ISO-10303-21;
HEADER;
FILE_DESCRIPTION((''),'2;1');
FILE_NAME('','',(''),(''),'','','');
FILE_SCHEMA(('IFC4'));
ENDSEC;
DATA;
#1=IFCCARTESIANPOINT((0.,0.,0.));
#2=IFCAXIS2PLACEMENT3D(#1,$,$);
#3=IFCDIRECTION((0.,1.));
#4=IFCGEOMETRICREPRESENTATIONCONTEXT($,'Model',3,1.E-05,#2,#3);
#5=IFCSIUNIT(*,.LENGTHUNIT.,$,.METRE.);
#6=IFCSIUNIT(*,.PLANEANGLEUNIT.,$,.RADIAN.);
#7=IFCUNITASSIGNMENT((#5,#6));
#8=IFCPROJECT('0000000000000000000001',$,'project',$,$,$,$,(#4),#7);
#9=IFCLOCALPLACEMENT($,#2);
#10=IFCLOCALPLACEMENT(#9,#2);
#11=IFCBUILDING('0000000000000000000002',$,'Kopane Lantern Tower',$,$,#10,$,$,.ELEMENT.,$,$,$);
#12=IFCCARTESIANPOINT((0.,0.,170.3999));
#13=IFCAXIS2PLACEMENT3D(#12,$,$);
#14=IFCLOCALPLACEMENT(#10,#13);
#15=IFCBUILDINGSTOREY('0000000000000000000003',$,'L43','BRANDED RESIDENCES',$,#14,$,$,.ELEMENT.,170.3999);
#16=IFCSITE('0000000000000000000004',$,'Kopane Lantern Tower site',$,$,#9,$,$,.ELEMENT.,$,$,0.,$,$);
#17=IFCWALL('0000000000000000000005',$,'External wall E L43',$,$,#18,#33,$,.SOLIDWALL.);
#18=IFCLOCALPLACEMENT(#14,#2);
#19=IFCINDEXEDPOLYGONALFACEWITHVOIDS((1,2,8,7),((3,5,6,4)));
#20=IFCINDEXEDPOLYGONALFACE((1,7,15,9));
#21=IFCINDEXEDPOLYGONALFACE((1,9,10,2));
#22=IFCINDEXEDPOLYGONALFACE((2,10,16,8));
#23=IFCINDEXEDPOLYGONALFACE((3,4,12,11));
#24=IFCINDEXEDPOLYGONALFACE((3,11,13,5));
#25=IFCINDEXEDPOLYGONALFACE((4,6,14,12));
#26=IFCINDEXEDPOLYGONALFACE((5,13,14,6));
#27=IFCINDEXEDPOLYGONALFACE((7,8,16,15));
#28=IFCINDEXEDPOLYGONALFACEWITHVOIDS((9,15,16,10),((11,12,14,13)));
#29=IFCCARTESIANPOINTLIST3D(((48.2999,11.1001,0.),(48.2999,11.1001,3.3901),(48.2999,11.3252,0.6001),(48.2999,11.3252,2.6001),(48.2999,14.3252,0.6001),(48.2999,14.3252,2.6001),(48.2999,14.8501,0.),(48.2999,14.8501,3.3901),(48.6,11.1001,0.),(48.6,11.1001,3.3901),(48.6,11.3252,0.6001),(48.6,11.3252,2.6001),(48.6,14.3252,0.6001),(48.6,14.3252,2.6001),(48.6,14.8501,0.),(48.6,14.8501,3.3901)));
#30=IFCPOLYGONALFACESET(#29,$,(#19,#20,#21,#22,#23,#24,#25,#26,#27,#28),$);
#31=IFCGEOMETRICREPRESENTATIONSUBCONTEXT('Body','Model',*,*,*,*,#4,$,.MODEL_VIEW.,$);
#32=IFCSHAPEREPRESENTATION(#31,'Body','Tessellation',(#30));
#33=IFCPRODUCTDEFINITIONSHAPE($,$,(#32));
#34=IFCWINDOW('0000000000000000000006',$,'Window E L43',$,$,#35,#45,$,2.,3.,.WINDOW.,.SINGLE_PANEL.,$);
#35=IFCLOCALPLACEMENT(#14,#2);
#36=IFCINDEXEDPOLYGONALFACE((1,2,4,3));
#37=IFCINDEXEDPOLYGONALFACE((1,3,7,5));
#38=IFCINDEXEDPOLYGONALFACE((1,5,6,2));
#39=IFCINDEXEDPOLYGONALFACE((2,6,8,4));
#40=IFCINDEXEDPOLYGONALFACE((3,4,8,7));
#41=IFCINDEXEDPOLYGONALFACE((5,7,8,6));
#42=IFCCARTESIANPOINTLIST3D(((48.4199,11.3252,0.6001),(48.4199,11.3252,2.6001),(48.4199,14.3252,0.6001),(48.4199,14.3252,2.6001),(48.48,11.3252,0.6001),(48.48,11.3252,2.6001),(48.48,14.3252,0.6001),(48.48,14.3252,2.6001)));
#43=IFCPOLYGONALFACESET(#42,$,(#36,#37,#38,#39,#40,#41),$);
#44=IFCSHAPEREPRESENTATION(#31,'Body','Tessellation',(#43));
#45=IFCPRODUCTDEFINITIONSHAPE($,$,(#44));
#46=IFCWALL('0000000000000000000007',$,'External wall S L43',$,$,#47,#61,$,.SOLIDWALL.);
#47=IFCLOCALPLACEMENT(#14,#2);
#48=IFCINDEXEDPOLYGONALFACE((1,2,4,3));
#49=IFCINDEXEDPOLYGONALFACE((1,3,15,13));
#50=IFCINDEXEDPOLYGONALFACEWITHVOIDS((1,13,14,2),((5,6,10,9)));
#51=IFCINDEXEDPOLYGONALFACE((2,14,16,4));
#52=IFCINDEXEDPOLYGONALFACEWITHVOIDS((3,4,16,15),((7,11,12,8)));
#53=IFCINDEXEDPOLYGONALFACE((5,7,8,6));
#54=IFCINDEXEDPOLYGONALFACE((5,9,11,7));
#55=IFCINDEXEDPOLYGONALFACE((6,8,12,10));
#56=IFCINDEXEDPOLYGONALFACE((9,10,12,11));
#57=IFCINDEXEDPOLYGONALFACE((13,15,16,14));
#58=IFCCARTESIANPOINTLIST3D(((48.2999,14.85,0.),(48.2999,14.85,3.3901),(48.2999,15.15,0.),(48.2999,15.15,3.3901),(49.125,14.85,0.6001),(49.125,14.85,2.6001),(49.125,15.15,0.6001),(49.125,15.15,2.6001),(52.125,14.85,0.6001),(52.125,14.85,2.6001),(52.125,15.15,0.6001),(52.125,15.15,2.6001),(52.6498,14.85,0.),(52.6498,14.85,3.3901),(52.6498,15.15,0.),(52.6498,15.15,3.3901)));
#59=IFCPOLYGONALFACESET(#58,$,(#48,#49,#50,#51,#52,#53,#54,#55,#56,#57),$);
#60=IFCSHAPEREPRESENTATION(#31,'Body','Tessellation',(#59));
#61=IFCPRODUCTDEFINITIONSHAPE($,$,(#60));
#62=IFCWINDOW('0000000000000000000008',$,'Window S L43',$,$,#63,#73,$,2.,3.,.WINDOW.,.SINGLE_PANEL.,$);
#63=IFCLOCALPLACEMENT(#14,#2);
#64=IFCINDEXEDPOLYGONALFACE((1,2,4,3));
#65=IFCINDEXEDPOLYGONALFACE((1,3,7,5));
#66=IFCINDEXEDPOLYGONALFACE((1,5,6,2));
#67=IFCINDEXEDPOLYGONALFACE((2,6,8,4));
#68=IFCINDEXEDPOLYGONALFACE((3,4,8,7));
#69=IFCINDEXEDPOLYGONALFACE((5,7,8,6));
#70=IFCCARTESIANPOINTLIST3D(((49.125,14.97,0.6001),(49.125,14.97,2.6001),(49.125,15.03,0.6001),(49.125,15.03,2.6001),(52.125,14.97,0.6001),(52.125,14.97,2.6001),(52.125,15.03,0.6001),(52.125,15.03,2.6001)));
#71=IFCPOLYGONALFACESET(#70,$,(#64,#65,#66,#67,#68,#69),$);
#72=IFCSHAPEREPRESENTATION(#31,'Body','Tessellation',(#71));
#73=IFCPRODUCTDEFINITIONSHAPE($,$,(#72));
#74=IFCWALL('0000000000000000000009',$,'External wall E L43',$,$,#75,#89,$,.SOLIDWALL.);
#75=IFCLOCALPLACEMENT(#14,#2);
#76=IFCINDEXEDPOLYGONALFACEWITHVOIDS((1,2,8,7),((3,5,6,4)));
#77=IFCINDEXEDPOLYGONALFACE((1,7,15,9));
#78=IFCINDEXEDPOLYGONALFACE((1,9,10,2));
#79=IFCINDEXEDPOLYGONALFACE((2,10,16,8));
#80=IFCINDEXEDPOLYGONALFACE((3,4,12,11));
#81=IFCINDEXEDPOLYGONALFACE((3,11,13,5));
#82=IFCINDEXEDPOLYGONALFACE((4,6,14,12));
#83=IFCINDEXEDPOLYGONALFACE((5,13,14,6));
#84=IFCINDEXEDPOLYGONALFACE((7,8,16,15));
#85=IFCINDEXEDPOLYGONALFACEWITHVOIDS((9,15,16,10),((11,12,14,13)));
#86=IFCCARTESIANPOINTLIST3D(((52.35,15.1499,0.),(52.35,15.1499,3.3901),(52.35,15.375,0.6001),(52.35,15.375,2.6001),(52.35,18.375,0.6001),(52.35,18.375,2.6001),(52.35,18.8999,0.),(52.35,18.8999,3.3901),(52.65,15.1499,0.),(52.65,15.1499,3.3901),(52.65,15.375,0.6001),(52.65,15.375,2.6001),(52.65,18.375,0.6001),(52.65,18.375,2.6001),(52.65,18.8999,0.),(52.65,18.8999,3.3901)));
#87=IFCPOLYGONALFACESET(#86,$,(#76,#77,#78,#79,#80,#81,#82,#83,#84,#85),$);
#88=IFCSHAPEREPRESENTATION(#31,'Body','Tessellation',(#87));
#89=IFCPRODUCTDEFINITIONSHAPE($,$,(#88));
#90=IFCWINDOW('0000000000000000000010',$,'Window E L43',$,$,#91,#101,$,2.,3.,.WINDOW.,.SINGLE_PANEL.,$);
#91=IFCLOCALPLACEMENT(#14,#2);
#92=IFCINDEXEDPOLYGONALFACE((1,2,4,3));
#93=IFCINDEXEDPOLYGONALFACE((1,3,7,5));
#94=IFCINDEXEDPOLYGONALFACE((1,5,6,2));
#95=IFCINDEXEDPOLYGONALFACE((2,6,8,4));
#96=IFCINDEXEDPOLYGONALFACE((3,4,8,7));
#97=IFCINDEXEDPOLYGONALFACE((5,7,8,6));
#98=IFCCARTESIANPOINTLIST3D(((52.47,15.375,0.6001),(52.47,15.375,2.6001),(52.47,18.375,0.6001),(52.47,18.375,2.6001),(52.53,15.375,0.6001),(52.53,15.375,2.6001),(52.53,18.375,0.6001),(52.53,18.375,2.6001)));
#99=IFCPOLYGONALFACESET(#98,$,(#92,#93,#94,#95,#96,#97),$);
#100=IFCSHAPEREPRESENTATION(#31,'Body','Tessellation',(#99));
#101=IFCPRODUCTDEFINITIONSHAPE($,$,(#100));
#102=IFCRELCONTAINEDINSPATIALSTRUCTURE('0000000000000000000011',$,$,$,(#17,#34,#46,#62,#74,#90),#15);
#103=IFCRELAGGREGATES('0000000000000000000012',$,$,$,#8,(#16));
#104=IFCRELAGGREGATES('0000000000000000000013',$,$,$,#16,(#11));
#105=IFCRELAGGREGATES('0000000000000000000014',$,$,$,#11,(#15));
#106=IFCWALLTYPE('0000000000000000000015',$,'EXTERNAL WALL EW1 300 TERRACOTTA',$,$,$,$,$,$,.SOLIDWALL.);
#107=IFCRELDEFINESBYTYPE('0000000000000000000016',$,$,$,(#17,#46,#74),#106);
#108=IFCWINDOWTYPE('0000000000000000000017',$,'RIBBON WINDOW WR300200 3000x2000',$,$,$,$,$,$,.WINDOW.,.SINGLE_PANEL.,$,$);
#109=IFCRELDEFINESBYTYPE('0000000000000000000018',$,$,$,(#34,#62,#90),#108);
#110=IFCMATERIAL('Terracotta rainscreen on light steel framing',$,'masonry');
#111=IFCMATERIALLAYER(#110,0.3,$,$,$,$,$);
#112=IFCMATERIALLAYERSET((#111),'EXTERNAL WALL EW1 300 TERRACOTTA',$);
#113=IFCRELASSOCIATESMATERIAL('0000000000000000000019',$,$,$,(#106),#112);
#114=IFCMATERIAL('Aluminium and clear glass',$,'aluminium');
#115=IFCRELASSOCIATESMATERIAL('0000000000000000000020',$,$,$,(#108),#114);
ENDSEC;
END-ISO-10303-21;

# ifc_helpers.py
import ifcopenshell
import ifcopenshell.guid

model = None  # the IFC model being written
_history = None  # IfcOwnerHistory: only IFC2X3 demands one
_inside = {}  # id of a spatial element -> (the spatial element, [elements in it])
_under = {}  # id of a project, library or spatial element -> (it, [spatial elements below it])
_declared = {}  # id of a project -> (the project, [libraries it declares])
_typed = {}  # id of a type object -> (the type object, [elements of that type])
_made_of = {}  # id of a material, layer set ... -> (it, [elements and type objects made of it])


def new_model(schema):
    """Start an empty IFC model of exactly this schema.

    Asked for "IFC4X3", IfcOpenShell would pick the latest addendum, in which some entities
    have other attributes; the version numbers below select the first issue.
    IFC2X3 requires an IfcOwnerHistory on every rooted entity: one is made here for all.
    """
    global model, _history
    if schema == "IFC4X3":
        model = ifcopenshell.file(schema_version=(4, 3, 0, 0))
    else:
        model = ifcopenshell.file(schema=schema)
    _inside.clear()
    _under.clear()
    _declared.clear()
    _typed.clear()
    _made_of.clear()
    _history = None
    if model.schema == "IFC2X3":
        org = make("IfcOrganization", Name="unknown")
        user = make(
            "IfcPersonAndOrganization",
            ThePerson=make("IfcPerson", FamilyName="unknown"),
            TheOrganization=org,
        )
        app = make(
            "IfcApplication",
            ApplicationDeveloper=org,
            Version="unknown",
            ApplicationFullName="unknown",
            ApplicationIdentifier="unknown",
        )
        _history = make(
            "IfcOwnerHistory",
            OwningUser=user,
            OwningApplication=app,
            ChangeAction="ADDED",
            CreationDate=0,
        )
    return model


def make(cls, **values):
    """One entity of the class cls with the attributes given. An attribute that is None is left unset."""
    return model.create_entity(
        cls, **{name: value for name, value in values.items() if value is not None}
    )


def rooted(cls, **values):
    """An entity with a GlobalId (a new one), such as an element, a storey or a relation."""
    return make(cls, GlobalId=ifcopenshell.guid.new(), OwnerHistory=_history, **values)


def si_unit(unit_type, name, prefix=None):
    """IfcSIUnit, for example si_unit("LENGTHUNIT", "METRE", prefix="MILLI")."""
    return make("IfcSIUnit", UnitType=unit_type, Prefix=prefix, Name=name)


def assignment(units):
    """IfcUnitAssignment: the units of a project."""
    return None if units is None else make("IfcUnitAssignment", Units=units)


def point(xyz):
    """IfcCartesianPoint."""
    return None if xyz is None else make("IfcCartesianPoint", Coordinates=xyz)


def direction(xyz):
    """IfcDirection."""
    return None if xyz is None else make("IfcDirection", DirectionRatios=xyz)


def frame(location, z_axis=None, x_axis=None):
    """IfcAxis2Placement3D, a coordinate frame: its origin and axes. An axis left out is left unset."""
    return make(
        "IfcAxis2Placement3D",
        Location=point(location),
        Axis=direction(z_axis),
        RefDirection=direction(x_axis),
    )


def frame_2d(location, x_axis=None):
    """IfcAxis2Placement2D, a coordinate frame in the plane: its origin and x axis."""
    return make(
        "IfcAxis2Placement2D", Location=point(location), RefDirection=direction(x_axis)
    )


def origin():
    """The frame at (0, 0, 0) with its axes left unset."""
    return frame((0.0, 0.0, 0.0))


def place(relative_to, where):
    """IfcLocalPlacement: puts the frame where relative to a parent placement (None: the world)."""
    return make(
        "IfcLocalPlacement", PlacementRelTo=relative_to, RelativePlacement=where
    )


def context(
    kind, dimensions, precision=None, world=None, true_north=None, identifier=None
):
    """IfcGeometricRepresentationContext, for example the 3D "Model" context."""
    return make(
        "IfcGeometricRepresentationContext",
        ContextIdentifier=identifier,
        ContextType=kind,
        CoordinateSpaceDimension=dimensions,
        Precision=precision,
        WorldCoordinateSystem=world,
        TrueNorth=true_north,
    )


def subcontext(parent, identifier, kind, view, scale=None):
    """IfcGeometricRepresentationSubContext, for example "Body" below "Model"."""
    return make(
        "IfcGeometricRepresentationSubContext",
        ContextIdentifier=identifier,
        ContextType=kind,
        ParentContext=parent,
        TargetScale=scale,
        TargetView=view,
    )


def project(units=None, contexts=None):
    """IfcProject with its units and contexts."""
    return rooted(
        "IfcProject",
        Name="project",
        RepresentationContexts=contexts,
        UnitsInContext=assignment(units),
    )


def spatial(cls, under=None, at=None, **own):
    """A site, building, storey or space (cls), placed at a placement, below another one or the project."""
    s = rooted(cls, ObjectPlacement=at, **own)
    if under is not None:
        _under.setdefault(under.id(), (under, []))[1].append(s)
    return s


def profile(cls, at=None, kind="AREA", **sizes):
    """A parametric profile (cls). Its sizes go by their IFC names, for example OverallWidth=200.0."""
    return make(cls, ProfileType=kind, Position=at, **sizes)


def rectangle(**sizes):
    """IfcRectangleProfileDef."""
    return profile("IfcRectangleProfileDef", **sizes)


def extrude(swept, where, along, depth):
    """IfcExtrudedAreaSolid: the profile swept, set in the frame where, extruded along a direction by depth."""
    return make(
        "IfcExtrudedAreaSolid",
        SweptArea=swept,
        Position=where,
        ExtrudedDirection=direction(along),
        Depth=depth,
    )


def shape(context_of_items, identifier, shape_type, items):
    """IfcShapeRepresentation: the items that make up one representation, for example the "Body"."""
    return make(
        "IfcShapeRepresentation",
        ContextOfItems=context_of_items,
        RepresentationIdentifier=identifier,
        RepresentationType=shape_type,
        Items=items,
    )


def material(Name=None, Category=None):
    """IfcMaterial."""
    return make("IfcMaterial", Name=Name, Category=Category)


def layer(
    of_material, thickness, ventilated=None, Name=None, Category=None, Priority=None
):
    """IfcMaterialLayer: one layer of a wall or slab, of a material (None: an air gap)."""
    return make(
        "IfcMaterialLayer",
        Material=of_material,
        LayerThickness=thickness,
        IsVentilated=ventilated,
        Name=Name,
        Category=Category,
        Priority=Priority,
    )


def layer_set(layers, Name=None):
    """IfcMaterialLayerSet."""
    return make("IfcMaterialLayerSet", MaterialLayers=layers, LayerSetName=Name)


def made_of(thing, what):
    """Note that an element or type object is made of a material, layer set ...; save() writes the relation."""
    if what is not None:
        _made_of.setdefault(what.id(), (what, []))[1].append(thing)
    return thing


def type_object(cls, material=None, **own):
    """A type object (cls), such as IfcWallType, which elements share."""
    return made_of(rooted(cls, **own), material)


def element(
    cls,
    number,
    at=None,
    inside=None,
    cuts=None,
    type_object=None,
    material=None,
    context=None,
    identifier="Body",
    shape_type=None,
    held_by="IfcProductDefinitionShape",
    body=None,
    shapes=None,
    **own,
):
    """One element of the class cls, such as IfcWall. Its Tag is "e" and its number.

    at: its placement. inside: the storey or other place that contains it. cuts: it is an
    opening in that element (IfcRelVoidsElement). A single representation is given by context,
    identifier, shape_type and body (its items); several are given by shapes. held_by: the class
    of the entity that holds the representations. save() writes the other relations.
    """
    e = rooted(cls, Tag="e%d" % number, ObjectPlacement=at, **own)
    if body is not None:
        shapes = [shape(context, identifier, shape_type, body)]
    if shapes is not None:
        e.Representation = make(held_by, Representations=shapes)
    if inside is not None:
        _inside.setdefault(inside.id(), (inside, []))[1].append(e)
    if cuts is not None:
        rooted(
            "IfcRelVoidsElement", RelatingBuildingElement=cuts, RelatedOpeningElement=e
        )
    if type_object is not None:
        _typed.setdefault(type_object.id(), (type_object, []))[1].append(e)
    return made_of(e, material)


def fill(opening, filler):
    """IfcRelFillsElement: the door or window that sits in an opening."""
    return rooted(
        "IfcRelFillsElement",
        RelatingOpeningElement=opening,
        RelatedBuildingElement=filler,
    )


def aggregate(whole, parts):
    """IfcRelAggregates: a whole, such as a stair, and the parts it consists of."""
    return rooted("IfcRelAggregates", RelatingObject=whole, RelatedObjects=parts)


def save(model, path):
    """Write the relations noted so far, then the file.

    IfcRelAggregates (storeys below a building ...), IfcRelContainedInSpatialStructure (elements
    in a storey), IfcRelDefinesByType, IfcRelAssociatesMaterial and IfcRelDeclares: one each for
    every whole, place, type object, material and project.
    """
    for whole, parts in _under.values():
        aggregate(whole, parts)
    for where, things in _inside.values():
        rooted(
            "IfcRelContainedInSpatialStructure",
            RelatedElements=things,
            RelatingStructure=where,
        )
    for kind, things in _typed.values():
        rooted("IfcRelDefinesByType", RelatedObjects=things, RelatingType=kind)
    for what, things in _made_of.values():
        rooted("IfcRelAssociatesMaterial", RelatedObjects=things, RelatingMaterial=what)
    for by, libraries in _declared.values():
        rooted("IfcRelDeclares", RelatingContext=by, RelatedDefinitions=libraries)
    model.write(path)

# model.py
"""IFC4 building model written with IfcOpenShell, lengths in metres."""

from ifc_helpers import new_model, si_unit, direction, frame, frame_2d, origin, place, context, subcontext, project, spatial, rectangle, extrude, material, layer, layer_set, type_object, element, fill, save


model = new_model("IFC4")

# Units and contexts
model_context = context("Model", 3, precision=1e-05, world=origin(), true_north=direction((0.0, 1.0)))
body_context = subcontext(model_context, "Body", "Model", "MODEL_VIEW")
ifc_project = project(units=[si_unit("LENGTHUNIT", "METRE"), si_unit("PLANEANGLEUNIT", "RADIAN")], contexts=[model_context])

# Site, building, storey
site_placement = place(None, origin())
site = spatial("IfcSite", under=ifc_project, at=site_placement, Name="Kopane Lantern Tower site", CompositionType="ELEMENT", RefElevation=0.0)
building_placement = place(site_placement, origin())
building = spatial("IfcBuilding", under=site, at=building_placement, Name="Kopane Lantern Tower", CompositionType="ELEMENT")
storey_placement = place(building_placement, frame((0.0, 0.0, 170.3999)))
storey = spatial("IfcBuildingStorey", under=building, at=storey_placement, Name="L43", Description="BRANDED RESIDENCES", CompositionType="ELEMENT", Elevation=170.3999)

# Walls, openings, windows
ifc_material_1 = material(Name="Terracotta rainscreen on light steel framing", Category="masonry")
ifc_layer_1 = layer(ifc_material_1, 0.3)
ifc_layer_set_1 = layer_set([ifc_layer_1], Name="EXTERNAL WALL EW1 300 TERRACOTTA")
wall_type_1 = type_object("IfcWallType", Name="EXTERNAL WALL EW1 300 TERRACOTTA", PredefinedType="SOLIDWALL", material=ifc_layer_set_1)
wall_1_placement = place(storey_placement, frame((48.45, 11.1001, 0.0), z_axis=(0.0, 0.0, 1.0), x_axis=(0.0, 1.0, 0.0)))
wall_1 = element("IfcWall", 1, at=wall_1_placement, inside=storey, type_object=wall_type_1, Name="External wall E L43", PredefinedType="SOLIDWALL", context=body_context, shape_type="SweptSolid", body=[
    extrude(rectangle(XDim=3.75, YDim=0.3, at=frame_2d((1.875, 0.0))), origin(), (0.0, 0.0, 1.0), 3.3901),
])
opening_1_placement = place(wall_1_placement, frame((0.2251, 0.0, 0.6001)))
opening_1 = element("IfcOpeningElement", 2, at=opening_1_placement, cuts=wall_1, PredefinedType="OPENING", context=body_context, shape_type="SweptSolid", body=[
    extrude(rectangle(XDim=3.0, YDim=2.0, at=frame_2d((1.5, 1.0))), frame((0.0, 0.1599, 0.0), z_axis=(0.0, -1.0, 0.0), x_axis=(1.0, 0.0, 0.0)), (0.0, 0.0, 1.0), 0.3201),
])
ifc_material_2 = material(Name="Aluminium and clear glass", Category="aluminium")
window_type = type_object("IfcWindowType", Name="RIBBON WINDOW WR300200 3000x2000", PartitioningType="SINGLE_PANEL", PredefinedType="WINDOW", material=ifc_material_2)
window_1_placement = place(opening_1_placement, origin())
window_1 = element("IfcWindow", 3, at=window_1_placement, inside=storey, type_object=window_type, Name="Window E L43", OverallHeight=2.0, OverallWidth=3.0, PartitioningType="SINGLE_PANEL", PredefinedType="WINDOW", context=body_context, shape_type="SweptSolid", body=[
    extrude(rectangle(XDim=3.0, YDim=2.0, at=frame_2d((1.5, 1.0))), frame((0.0, 0.03, 0.0), z_axis=(0.0, -1.0, 0.0), x_axis=(1.0, 0.0, 0.0)), (0.0, 0.0, 1.0), 0.0601),
])
fill(opening_1, window_1)
wall_2_placement = place(storey_placement, frame((48.3, 15.0, 0.0), z_axis=(0.0, 0.0, 1.0), x_axis=(1.0, 0.0, 0.0)))
wall_2 = element("IfcWall", 4, at=wall_2_placement, inside=storey, type_object=wall_type_1, Name="External wall S L43", PredefinedType="SOLIDWALL", context=body_context, shape_type="SweptSolid", body=[
    extrude(rectangle(XDim=4.3499, YDim=0.3, at=frame_2d((2.1748, 0.0))), origin(), (0.0, 0.0, 1.0), 3.3901),
])
opening_2_placement = place(wall_2_placement, frame((0.825, 0.0, 0.6001)))
opening_2 = element("IfcOpeningElement", 5, at=opening_2_placement, cuts=wall_2, PredefinedType="OPENING", context=body_context, shape_type="SweptSolid", body=[
    extrude(rectangle(XDim=3.0, YDim=2.0, at=frame_2d((1.5, 1.0))), frame((0.0, 0.1599, 0.0), z_axis=(0.0, -1.0, 0.0), x_axis=(1.0, 0.0, 0.0)), (0.0, 0.0, 1.0), 0.3201),
])
window_2_placement = place(opening_2_placement, origin())
window_2 = element("IfcWindow", 6, at=window_2_placement, inside=storey, type_object=window_type, Name="Window S L43", OverallHeight=2.0, OverallWidth=3.0, PartitioningType="SINGLE_PANEL", PredefinedType="WINDOW", context=body_context, shape_type="SweptSolid", body=[
    extrude(rectangle(XDim=3.0, YDim=2.0, at=frame_2d((1.5, 1.0))), frame((0.0, 0.03, 0.0), z_axis=(0.0, -1.0, 0.0), x_axis=(1.0, 0.0, 0.0)), (0.0, 0.0, 1.0), 0.0601),
])
fill(opening_2, window_2)
wall_3_placement = place(storey_placement, frame((52.5, 15.1499, 0.0), z_axis=(0.0, 0.0, 1.0), x_axis=(0.0, 1.0, 0.0)))
wall_3 = element("IfcWall", 7, at=wall_3_placement, inside=storey, type_object=wall_type_1, Name="External wall E L43", PredefinedType="SOLIDWALL", context=body_context, shape_type="SweptSolid", body=[
    extrude(rectangle(XDim=3.75, YDim=0.3, at=frame_2d((1.875, 0.0))), origin(), (0.0, 0.0, 1.0), 3.3901),
])
opening_3_placement = place(wall_3_placement, frame((0.2251, 0.0, 0.6001)))
opening_3 = element("IfcOpeningElement", 8, at=opening_3_placement, cuts=wall_3, PredefinedType="OPENING", context=body_context, shape_type="SweptSolid", body=[
    extrude(rectangle(XDim=3.0, YDim=2.0, at=frame_2d((1.5, 1.0))), frame((0.0, 0.1599, 0.0), z_axis=(0.0, -1.0, 0.0), x_axis=(1.0, 0.0, 0.0)), (0.0, 0.0, 1.0), 0.3201),
])
window_3_placement = place(opening_3_placement, origin())
window_3 = element("IfcWindow", 9, at=window_3_placement, inside=storey, type_object=window_type, Name="Window E L43", OverallHeight=2.0, OverallWidth=3.0, PartitioningType="SINGLE_PANEL", PredefinedType="WINDOW", context=body_context, shape_type="SweptSolid", body=[
    extrude(rectangle(XDim=3.0, YDim=2.0, at=frame_2d((1.5, 1.0))), frame((0.0, 0.03, 0.0), z_axis=(0.0, -1.0, 0.0), x_axis=(1.0, 0.0, 0.0)), (0.0, 0.0, 1.0), 0.0601),
])
fill(opening_3, window_3)

save(model, "model.ifc")
